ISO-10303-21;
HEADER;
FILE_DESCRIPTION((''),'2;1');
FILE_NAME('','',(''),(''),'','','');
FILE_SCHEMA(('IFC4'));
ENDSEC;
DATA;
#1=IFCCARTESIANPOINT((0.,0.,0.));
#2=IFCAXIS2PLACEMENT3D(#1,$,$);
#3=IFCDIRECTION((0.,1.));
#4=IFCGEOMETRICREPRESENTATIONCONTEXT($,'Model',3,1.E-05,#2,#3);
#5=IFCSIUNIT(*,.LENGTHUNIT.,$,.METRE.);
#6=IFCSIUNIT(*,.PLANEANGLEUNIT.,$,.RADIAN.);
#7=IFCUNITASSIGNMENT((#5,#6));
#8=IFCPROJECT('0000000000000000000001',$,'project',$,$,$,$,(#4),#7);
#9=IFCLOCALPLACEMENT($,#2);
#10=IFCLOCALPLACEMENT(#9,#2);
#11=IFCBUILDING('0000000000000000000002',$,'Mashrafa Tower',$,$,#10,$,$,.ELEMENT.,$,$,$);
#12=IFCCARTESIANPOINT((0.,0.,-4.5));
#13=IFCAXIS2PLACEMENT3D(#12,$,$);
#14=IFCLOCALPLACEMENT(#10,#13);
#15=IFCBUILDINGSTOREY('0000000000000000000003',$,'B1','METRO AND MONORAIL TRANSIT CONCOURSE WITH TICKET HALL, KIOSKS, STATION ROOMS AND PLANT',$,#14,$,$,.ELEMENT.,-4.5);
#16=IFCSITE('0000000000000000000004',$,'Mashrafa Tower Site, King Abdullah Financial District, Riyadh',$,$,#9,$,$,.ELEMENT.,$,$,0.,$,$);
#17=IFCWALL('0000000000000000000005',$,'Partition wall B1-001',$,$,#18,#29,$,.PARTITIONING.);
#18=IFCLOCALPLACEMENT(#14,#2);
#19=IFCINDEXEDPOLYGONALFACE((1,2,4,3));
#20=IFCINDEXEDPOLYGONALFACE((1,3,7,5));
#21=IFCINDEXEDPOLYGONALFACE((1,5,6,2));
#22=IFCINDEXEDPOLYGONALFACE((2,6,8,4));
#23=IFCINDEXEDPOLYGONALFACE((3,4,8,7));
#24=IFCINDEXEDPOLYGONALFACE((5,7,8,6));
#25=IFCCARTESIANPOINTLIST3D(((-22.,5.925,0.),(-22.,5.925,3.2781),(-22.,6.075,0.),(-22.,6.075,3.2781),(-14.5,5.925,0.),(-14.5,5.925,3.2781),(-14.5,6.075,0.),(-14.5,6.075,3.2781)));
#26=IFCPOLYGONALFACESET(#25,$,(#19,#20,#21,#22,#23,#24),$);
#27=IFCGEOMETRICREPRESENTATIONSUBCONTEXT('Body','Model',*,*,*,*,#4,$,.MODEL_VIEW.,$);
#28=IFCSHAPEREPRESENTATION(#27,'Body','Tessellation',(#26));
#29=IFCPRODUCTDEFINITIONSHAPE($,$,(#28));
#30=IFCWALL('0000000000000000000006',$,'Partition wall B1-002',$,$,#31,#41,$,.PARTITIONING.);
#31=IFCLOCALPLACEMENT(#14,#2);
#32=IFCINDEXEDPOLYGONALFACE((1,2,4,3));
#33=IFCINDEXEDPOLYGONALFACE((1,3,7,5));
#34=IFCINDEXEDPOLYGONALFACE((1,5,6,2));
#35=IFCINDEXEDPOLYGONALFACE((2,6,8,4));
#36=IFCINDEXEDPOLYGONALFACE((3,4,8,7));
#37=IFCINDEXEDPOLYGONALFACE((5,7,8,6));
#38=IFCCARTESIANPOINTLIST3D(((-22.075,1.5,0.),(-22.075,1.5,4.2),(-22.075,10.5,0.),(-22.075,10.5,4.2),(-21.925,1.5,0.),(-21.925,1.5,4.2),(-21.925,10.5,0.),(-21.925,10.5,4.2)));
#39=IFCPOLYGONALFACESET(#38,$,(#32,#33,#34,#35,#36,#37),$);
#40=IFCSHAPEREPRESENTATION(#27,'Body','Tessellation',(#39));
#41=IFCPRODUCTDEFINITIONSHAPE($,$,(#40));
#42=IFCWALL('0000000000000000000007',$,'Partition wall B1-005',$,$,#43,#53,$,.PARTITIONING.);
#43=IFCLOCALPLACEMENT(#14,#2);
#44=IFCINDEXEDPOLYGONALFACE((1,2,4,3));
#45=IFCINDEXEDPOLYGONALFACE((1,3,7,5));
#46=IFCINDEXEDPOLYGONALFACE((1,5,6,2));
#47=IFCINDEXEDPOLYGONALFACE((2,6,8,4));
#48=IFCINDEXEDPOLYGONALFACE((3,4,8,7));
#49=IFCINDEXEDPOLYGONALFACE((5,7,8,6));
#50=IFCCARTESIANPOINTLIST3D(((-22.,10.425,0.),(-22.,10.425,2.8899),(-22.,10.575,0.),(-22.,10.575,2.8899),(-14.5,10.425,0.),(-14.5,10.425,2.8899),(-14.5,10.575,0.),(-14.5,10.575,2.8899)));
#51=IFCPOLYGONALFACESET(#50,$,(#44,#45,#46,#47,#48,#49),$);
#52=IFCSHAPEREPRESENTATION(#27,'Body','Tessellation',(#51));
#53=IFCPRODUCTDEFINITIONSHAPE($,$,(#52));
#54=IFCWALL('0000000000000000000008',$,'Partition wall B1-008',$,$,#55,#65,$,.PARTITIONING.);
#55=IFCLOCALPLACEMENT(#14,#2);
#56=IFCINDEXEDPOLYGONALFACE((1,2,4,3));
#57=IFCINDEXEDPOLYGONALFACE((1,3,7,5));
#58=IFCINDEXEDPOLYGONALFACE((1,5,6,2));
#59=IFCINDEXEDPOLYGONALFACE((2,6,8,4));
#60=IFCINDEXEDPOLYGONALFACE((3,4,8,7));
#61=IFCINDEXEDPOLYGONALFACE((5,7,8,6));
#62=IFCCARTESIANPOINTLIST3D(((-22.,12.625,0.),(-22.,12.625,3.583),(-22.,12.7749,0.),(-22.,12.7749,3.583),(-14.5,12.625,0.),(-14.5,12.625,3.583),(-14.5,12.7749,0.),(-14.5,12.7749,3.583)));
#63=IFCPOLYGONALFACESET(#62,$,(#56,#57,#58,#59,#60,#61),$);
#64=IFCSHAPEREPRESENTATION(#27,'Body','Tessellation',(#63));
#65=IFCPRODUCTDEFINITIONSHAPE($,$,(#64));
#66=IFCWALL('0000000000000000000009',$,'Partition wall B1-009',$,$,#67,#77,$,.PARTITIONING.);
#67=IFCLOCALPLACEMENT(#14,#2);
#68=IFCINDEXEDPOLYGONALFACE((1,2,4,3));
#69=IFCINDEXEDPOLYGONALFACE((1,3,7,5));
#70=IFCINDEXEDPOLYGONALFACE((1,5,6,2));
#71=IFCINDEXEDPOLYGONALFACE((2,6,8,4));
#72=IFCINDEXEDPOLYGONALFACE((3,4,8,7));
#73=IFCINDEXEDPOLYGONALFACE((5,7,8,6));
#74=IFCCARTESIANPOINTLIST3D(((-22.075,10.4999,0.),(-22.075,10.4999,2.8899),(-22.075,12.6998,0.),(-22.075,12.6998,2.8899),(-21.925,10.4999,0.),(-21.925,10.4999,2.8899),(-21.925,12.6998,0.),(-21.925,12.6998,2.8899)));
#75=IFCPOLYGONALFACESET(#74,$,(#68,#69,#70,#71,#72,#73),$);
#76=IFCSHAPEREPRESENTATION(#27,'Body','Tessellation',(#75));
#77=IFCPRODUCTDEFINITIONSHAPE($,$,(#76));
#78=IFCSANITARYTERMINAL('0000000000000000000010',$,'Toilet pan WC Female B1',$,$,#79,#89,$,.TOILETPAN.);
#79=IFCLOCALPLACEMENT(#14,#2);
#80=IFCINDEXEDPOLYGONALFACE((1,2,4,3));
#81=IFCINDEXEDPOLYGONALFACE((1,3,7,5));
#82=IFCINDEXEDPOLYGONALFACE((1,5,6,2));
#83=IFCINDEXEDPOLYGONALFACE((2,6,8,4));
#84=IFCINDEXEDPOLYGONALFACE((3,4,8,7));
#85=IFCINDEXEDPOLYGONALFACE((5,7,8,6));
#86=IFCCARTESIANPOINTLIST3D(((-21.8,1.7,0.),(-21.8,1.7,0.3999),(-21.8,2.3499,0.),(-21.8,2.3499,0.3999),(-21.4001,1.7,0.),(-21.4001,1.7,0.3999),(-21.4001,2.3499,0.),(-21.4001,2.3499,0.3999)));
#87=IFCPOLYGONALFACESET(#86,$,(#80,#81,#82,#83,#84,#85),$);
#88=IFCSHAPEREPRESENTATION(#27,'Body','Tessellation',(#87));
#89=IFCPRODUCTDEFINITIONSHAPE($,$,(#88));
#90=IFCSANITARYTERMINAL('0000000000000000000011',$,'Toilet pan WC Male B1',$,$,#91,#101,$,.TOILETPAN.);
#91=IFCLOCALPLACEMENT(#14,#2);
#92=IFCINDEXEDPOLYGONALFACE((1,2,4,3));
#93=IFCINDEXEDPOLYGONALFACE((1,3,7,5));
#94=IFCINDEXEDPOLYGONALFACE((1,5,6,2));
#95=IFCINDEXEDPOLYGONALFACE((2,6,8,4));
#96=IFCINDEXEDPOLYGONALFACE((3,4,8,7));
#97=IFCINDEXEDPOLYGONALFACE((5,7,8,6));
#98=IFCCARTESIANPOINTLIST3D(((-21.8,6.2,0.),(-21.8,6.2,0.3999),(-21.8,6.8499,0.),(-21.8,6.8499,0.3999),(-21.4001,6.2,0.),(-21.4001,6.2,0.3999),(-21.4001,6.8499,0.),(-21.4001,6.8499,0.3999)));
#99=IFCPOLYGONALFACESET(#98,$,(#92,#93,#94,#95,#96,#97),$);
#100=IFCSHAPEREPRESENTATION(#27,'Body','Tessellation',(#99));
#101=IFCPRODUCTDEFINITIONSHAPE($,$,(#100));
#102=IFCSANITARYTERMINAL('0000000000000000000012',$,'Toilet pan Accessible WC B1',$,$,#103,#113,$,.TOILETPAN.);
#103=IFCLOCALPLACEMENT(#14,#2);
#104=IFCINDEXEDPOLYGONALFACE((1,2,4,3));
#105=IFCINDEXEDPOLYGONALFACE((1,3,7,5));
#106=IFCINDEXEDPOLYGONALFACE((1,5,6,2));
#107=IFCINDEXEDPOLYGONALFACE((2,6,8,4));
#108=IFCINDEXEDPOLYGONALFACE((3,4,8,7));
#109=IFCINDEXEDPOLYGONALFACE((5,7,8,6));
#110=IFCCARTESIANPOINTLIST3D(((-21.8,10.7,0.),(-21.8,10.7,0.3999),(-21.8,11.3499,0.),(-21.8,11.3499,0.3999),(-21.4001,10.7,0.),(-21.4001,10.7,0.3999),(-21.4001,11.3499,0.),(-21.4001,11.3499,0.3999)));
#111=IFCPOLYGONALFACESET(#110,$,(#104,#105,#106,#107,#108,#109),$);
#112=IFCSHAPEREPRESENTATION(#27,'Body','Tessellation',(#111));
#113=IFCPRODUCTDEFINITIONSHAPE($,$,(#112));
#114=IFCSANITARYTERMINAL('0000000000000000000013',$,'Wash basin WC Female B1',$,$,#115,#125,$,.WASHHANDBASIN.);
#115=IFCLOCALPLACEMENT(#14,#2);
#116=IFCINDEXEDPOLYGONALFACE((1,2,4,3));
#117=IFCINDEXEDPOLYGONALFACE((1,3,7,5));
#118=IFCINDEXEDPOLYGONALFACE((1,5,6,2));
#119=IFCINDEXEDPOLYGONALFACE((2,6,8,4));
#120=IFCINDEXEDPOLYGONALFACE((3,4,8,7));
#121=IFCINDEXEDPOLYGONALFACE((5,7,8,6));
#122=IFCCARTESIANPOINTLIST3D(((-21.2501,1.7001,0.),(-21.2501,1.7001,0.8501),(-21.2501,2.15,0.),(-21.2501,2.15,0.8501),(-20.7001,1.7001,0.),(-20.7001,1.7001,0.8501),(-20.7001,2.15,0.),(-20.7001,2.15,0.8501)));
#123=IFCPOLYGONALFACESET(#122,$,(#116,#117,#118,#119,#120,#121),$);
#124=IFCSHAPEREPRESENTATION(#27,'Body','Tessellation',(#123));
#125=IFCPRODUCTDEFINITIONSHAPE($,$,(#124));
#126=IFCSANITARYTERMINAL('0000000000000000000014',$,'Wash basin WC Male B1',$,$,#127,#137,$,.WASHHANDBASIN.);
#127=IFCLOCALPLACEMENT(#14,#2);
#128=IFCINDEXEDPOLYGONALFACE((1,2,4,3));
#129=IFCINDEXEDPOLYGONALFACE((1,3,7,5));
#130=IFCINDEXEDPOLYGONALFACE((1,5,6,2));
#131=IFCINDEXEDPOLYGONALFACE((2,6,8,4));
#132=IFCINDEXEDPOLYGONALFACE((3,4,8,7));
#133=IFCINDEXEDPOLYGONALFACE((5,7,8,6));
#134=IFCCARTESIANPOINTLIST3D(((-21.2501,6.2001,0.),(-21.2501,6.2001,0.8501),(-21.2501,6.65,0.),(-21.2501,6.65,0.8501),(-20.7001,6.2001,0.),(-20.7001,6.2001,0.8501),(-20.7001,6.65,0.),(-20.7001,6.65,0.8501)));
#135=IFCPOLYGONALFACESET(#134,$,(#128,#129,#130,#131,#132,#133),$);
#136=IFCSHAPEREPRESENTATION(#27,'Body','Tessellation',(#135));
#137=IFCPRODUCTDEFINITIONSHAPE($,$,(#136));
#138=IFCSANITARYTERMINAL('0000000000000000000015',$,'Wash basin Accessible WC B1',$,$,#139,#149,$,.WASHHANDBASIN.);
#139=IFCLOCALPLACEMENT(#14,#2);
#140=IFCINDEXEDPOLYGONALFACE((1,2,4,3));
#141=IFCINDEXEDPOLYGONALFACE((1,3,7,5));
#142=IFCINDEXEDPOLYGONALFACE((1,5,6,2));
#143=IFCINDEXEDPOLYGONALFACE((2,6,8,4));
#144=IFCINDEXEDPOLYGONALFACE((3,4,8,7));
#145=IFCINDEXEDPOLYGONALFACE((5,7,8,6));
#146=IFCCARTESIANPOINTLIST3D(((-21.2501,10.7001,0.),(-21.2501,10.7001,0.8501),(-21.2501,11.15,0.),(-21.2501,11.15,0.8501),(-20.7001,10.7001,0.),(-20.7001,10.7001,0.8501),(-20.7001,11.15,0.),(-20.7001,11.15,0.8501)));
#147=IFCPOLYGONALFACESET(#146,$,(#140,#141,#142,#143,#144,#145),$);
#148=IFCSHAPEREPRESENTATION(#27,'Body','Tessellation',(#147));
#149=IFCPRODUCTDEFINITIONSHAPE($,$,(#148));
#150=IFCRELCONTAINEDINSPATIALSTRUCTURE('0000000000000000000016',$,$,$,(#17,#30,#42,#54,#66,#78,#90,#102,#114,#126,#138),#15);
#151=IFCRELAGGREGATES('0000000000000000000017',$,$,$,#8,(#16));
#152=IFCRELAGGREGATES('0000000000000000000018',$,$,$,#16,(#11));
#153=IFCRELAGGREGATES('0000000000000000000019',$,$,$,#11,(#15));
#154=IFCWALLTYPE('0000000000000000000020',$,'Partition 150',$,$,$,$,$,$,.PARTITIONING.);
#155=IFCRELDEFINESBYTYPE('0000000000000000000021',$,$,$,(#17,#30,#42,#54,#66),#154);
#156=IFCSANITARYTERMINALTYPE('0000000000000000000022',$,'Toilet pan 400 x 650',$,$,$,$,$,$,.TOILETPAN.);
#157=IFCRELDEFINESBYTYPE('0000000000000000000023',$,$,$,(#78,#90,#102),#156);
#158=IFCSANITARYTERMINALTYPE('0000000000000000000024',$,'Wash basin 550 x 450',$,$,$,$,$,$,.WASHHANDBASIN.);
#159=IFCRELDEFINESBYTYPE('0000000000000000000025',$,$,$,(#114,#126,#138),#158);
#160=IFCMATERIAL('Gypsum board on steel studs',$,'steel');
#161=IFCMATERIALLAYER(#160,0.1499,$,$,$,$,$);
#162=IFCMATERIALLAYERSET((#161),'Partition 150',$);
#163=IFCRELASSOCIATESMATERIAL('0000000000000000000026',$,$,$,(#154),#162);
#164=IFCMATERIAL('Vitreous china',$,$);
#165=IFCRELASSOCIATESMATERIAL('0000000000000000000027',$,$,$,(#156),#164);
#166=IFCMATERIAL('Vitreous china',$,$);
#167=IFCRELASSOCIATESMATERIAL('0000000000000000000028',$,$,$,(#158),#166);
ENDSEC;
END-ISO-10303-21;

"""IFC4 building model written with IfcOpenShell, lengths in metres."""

from ifc_helpers import new_model, si_unit, direction, frame, frame_2d, origin, origin_2d, place, context, subcontext, project, spatial, rectangle, extrude, material, layer, layer_set, type_object, element, save


model = new_model("IFC4")

# Units and contexts
model_context = context("Model", 3, precision=1e-05, world=origin(), true_north=direction((0.0, 1.0)))
body_context = subcontext(model_context, "Body", "Model", "MODEL_VIEW")
ifc_project = project(units=[si_unit("LENGTHUNIT", "METRE"), si_unit("PLANEANGLEUNIT", "RADIAN")], contexts=[model_context])

# Site, building, storey
site_placement = place(None, origin())
site = spatial("IfcSite", under=ifc_project, at=site_placement, Name="Mashrafa Tower Site, King Abdullah Financial District, Riyadh", CompositionType="ELEMENT", RefElevation=0.0)
building_placement = place(site_placement, origin())
building = spatial("IfcBuilding", under=site, at=building_placement, Name="Mashrafa Tower", CompositionType="ELEMENT")
storey_placement = place(building_placement, frame((0.0, 0.0, -4.5)))
storey = spatial("IfcBuildingStorey", under=building, at=storey_placement, Name="B1", Description="METRO AND MONORAIL TRANSIT CONCOURSE WITH TICKET HALL, KIOSKS, STATION ROOMS AND PLANT", CompositionType="ELEMENT", Elevation=-4.5)

# Walls
ifc_material_1 = material(Name="Gypsum board on steel studs", Category="steel")
ifc_layer_1 = layer(ifc_material_1, 0.1499)
ifc_layer_set_1 = layer_set([ifc_layer_1], Name="Partition 150")
wall_type_1 = type_object("IfcWallType", Name="Partition 150", PredefinedType="PARTITIONING", material=ifc_layer_set_1)
wall_1_placement = place(storey_placement, frame((-14.5, 6.0, 0.0), z_axis=(0.0, 0.0, 1.0), x_axis=(-1.0, 0.0, 0.0)))
element("IfcWall", 1, at=wall_1_placement, inside=storey, type_object=wall_type_1, Name="Partition wall B1-001", PredefinedType="PARTITIONING", context=body_context, shape_type="SweptSolid", body=[
    extrude(rectangle(XDim=7.5, YDim=0.1499, at=frame_2d((3.75, 0.0))), origin(), (0.0, 0.0, 1.0), 3.2781),
])
wall_2_placement = place(storey_placement, frame((-22.0, 1.5, 0.0), z_axis=(0.0, 0.0, 1.0), x_axis=(0.0, 1.0, 0.0)))
element("IfcWall", 2, at=wall_2_placement, inside=storey, type_object=wall_type_1, Name="Partition wall B1-002", PredefinedType="PARTITIONING", context=body_context, shape_type="SweptSolid", body=[
    extrude(rectangle(XDim=9.0, YDim=0.1499, at=frame_2d((4.5, 0.0))), origin(), (0.0, 0.0, 1.0), 4.2),
])
wall_3_placement = place(storey_placement, frame((-14.5, 10.5, 0.0), z_axis=(0.0, 0.0, 1.0), x_axis=(-1.0, 0.0, 0.0)))
element("IfcWall", 3, at=wall_3_placement, inside=storey, type_object=wall_type_1, Name="Partition wall B1-005", PredefinedType="PARTITIONING", context=body_context, shape_type="SweptSolid", body=[
    extrude(rectangle(XDim=7.5, YDim=0.1499, at=frame_2d((3.75, 0.0))), origin(), (0.0, 0.0, 1.0), 2.8899),
])
wall_4_placement = place(storey_placement, frame((-14.5, 12.7, 0.0), z_axis=(0.0, 0.0, 1.0), x_axis=(-1.0, 0.0, 0.0)))
element("IfcWall", 4, at=wall_4_placement, inside=storey, type_object=wall_type_1, Name="Partition wall B1-008", PredefinedType="PARTITIONING", context=body_context, shape_type="SweptSolid", body=[
    extrude(rectangle(XDim=7.5, YDim=0.1499, at=frame_2d((3.75, 0.0))), origin(), (0.0, 0.0, 1.0), 3.583),
])
wall_5_placement = place(storey_placement, frame((-22.0, 12.7, 0.0), z_axis=(0.0, 0.0, 1.0), x_axis=(0.0, -1.0, 0.0)))
element("IfcWall", 5, at=wall_5_placement, inside=storey, type_object=wall_type_1, Name="Partition wall B1-009", PredefinedType="PARTITIONING", context=body_context, shape_type="SweptSolid", body=[
    extrude(rectangle(XDim=2.2, YDim=0.1499, at=frame_2d((1.1001, 0.0))), origin(), (0.0, 0.0, 1.0), 2.8899),
])

# Sanitary terminals
ifc_material_2 = material(Name="Vitreous china")
sanitary_terminal_type_1 = type_object("IfcSanitaryTerminalType", Name="Toilet pan 400 x 650", PredefinedType="TOILETPAN", material=ifc_material_2)
for number, where, z_axis, x_axis, name in (
    (6, (-21.6001, 2.0249, 0.0), (0.0, 0.0, 1.0), (1.0, 0.0, 0.0), "Toilet pan WC Female B1"),
    (7, (-21.6001, 6.5249, 0.0), (0.0, 0.0, 1.0), (1.0, 0.0, 0.0), "Toilet pan WC Male B1"),
    (8, (-21.6001, 11.0249, 0.0), (0.0, 0.0, 1.0), (1.0, 0.0, 0.0), "Toilet pan Accessible WC B1"),
):
    element("IfcSanitaryTerminal", number, at=place(storey_placement, frame(where, z_axis=z_axis, x_axis=x_axis)), inside=storey, type_object=sanitary_terminal_type_1, Name=name, PredefinedType="TOILETPAN", context=body_context, shape_type="SweptSolid", body=[
        extrude(rectangle(XDim=0.3999, YDim=0.6499, at=origin_2d()), origin(), (0.0, 0.0, 1.0), 0.3999),
    ])
ifc_material_3 = material(Name="Vitreous china")
sanitary_terminal_type_2 = type_object("IfcSanitaryTerminalType", Name="Wash basin 550 x 450", PredefinedType="WASHHANDBASIN", material=ifc_material_3)
for number, where, z_axis, x_axis, name in (
    (9, (-20.9751, 1.925, 0.0), (0.0, 0.0, 1.0), (1.0, 0.0, 0.0), "Wash basin WC Female B1"),
    (10, (-20.9751, 6.425, 0.0), (0.0, 0.0, 1.0), (1.0, 0.0, 0.0), "Wash basin WC Male B1"),
    (11, (-20.9751, 10.925, 0.0), (0.0, 0.0, 1.0), (1.0, 0.0, 0.0), "Wash basin Accessible WC B1"),
):
    element("IfcSanitaryTerminal", number, at=place(storey_placement, frame(where, z_axis=z_axis, x_axis=x_axis)), inside=storey, type_object=sanitary_terminal_type_2, Name=name, PredefinedType="WASHHANDBASIN", context=body_context, shape_type="SweptSolid", body=[
        extrude(rectangle(XDim=0.55, YDim=0.45, at=origin_2d()), origin(), (0.0, 0.0, 1.0), 0.8501),
    ])

save(model, "model.ifc")
